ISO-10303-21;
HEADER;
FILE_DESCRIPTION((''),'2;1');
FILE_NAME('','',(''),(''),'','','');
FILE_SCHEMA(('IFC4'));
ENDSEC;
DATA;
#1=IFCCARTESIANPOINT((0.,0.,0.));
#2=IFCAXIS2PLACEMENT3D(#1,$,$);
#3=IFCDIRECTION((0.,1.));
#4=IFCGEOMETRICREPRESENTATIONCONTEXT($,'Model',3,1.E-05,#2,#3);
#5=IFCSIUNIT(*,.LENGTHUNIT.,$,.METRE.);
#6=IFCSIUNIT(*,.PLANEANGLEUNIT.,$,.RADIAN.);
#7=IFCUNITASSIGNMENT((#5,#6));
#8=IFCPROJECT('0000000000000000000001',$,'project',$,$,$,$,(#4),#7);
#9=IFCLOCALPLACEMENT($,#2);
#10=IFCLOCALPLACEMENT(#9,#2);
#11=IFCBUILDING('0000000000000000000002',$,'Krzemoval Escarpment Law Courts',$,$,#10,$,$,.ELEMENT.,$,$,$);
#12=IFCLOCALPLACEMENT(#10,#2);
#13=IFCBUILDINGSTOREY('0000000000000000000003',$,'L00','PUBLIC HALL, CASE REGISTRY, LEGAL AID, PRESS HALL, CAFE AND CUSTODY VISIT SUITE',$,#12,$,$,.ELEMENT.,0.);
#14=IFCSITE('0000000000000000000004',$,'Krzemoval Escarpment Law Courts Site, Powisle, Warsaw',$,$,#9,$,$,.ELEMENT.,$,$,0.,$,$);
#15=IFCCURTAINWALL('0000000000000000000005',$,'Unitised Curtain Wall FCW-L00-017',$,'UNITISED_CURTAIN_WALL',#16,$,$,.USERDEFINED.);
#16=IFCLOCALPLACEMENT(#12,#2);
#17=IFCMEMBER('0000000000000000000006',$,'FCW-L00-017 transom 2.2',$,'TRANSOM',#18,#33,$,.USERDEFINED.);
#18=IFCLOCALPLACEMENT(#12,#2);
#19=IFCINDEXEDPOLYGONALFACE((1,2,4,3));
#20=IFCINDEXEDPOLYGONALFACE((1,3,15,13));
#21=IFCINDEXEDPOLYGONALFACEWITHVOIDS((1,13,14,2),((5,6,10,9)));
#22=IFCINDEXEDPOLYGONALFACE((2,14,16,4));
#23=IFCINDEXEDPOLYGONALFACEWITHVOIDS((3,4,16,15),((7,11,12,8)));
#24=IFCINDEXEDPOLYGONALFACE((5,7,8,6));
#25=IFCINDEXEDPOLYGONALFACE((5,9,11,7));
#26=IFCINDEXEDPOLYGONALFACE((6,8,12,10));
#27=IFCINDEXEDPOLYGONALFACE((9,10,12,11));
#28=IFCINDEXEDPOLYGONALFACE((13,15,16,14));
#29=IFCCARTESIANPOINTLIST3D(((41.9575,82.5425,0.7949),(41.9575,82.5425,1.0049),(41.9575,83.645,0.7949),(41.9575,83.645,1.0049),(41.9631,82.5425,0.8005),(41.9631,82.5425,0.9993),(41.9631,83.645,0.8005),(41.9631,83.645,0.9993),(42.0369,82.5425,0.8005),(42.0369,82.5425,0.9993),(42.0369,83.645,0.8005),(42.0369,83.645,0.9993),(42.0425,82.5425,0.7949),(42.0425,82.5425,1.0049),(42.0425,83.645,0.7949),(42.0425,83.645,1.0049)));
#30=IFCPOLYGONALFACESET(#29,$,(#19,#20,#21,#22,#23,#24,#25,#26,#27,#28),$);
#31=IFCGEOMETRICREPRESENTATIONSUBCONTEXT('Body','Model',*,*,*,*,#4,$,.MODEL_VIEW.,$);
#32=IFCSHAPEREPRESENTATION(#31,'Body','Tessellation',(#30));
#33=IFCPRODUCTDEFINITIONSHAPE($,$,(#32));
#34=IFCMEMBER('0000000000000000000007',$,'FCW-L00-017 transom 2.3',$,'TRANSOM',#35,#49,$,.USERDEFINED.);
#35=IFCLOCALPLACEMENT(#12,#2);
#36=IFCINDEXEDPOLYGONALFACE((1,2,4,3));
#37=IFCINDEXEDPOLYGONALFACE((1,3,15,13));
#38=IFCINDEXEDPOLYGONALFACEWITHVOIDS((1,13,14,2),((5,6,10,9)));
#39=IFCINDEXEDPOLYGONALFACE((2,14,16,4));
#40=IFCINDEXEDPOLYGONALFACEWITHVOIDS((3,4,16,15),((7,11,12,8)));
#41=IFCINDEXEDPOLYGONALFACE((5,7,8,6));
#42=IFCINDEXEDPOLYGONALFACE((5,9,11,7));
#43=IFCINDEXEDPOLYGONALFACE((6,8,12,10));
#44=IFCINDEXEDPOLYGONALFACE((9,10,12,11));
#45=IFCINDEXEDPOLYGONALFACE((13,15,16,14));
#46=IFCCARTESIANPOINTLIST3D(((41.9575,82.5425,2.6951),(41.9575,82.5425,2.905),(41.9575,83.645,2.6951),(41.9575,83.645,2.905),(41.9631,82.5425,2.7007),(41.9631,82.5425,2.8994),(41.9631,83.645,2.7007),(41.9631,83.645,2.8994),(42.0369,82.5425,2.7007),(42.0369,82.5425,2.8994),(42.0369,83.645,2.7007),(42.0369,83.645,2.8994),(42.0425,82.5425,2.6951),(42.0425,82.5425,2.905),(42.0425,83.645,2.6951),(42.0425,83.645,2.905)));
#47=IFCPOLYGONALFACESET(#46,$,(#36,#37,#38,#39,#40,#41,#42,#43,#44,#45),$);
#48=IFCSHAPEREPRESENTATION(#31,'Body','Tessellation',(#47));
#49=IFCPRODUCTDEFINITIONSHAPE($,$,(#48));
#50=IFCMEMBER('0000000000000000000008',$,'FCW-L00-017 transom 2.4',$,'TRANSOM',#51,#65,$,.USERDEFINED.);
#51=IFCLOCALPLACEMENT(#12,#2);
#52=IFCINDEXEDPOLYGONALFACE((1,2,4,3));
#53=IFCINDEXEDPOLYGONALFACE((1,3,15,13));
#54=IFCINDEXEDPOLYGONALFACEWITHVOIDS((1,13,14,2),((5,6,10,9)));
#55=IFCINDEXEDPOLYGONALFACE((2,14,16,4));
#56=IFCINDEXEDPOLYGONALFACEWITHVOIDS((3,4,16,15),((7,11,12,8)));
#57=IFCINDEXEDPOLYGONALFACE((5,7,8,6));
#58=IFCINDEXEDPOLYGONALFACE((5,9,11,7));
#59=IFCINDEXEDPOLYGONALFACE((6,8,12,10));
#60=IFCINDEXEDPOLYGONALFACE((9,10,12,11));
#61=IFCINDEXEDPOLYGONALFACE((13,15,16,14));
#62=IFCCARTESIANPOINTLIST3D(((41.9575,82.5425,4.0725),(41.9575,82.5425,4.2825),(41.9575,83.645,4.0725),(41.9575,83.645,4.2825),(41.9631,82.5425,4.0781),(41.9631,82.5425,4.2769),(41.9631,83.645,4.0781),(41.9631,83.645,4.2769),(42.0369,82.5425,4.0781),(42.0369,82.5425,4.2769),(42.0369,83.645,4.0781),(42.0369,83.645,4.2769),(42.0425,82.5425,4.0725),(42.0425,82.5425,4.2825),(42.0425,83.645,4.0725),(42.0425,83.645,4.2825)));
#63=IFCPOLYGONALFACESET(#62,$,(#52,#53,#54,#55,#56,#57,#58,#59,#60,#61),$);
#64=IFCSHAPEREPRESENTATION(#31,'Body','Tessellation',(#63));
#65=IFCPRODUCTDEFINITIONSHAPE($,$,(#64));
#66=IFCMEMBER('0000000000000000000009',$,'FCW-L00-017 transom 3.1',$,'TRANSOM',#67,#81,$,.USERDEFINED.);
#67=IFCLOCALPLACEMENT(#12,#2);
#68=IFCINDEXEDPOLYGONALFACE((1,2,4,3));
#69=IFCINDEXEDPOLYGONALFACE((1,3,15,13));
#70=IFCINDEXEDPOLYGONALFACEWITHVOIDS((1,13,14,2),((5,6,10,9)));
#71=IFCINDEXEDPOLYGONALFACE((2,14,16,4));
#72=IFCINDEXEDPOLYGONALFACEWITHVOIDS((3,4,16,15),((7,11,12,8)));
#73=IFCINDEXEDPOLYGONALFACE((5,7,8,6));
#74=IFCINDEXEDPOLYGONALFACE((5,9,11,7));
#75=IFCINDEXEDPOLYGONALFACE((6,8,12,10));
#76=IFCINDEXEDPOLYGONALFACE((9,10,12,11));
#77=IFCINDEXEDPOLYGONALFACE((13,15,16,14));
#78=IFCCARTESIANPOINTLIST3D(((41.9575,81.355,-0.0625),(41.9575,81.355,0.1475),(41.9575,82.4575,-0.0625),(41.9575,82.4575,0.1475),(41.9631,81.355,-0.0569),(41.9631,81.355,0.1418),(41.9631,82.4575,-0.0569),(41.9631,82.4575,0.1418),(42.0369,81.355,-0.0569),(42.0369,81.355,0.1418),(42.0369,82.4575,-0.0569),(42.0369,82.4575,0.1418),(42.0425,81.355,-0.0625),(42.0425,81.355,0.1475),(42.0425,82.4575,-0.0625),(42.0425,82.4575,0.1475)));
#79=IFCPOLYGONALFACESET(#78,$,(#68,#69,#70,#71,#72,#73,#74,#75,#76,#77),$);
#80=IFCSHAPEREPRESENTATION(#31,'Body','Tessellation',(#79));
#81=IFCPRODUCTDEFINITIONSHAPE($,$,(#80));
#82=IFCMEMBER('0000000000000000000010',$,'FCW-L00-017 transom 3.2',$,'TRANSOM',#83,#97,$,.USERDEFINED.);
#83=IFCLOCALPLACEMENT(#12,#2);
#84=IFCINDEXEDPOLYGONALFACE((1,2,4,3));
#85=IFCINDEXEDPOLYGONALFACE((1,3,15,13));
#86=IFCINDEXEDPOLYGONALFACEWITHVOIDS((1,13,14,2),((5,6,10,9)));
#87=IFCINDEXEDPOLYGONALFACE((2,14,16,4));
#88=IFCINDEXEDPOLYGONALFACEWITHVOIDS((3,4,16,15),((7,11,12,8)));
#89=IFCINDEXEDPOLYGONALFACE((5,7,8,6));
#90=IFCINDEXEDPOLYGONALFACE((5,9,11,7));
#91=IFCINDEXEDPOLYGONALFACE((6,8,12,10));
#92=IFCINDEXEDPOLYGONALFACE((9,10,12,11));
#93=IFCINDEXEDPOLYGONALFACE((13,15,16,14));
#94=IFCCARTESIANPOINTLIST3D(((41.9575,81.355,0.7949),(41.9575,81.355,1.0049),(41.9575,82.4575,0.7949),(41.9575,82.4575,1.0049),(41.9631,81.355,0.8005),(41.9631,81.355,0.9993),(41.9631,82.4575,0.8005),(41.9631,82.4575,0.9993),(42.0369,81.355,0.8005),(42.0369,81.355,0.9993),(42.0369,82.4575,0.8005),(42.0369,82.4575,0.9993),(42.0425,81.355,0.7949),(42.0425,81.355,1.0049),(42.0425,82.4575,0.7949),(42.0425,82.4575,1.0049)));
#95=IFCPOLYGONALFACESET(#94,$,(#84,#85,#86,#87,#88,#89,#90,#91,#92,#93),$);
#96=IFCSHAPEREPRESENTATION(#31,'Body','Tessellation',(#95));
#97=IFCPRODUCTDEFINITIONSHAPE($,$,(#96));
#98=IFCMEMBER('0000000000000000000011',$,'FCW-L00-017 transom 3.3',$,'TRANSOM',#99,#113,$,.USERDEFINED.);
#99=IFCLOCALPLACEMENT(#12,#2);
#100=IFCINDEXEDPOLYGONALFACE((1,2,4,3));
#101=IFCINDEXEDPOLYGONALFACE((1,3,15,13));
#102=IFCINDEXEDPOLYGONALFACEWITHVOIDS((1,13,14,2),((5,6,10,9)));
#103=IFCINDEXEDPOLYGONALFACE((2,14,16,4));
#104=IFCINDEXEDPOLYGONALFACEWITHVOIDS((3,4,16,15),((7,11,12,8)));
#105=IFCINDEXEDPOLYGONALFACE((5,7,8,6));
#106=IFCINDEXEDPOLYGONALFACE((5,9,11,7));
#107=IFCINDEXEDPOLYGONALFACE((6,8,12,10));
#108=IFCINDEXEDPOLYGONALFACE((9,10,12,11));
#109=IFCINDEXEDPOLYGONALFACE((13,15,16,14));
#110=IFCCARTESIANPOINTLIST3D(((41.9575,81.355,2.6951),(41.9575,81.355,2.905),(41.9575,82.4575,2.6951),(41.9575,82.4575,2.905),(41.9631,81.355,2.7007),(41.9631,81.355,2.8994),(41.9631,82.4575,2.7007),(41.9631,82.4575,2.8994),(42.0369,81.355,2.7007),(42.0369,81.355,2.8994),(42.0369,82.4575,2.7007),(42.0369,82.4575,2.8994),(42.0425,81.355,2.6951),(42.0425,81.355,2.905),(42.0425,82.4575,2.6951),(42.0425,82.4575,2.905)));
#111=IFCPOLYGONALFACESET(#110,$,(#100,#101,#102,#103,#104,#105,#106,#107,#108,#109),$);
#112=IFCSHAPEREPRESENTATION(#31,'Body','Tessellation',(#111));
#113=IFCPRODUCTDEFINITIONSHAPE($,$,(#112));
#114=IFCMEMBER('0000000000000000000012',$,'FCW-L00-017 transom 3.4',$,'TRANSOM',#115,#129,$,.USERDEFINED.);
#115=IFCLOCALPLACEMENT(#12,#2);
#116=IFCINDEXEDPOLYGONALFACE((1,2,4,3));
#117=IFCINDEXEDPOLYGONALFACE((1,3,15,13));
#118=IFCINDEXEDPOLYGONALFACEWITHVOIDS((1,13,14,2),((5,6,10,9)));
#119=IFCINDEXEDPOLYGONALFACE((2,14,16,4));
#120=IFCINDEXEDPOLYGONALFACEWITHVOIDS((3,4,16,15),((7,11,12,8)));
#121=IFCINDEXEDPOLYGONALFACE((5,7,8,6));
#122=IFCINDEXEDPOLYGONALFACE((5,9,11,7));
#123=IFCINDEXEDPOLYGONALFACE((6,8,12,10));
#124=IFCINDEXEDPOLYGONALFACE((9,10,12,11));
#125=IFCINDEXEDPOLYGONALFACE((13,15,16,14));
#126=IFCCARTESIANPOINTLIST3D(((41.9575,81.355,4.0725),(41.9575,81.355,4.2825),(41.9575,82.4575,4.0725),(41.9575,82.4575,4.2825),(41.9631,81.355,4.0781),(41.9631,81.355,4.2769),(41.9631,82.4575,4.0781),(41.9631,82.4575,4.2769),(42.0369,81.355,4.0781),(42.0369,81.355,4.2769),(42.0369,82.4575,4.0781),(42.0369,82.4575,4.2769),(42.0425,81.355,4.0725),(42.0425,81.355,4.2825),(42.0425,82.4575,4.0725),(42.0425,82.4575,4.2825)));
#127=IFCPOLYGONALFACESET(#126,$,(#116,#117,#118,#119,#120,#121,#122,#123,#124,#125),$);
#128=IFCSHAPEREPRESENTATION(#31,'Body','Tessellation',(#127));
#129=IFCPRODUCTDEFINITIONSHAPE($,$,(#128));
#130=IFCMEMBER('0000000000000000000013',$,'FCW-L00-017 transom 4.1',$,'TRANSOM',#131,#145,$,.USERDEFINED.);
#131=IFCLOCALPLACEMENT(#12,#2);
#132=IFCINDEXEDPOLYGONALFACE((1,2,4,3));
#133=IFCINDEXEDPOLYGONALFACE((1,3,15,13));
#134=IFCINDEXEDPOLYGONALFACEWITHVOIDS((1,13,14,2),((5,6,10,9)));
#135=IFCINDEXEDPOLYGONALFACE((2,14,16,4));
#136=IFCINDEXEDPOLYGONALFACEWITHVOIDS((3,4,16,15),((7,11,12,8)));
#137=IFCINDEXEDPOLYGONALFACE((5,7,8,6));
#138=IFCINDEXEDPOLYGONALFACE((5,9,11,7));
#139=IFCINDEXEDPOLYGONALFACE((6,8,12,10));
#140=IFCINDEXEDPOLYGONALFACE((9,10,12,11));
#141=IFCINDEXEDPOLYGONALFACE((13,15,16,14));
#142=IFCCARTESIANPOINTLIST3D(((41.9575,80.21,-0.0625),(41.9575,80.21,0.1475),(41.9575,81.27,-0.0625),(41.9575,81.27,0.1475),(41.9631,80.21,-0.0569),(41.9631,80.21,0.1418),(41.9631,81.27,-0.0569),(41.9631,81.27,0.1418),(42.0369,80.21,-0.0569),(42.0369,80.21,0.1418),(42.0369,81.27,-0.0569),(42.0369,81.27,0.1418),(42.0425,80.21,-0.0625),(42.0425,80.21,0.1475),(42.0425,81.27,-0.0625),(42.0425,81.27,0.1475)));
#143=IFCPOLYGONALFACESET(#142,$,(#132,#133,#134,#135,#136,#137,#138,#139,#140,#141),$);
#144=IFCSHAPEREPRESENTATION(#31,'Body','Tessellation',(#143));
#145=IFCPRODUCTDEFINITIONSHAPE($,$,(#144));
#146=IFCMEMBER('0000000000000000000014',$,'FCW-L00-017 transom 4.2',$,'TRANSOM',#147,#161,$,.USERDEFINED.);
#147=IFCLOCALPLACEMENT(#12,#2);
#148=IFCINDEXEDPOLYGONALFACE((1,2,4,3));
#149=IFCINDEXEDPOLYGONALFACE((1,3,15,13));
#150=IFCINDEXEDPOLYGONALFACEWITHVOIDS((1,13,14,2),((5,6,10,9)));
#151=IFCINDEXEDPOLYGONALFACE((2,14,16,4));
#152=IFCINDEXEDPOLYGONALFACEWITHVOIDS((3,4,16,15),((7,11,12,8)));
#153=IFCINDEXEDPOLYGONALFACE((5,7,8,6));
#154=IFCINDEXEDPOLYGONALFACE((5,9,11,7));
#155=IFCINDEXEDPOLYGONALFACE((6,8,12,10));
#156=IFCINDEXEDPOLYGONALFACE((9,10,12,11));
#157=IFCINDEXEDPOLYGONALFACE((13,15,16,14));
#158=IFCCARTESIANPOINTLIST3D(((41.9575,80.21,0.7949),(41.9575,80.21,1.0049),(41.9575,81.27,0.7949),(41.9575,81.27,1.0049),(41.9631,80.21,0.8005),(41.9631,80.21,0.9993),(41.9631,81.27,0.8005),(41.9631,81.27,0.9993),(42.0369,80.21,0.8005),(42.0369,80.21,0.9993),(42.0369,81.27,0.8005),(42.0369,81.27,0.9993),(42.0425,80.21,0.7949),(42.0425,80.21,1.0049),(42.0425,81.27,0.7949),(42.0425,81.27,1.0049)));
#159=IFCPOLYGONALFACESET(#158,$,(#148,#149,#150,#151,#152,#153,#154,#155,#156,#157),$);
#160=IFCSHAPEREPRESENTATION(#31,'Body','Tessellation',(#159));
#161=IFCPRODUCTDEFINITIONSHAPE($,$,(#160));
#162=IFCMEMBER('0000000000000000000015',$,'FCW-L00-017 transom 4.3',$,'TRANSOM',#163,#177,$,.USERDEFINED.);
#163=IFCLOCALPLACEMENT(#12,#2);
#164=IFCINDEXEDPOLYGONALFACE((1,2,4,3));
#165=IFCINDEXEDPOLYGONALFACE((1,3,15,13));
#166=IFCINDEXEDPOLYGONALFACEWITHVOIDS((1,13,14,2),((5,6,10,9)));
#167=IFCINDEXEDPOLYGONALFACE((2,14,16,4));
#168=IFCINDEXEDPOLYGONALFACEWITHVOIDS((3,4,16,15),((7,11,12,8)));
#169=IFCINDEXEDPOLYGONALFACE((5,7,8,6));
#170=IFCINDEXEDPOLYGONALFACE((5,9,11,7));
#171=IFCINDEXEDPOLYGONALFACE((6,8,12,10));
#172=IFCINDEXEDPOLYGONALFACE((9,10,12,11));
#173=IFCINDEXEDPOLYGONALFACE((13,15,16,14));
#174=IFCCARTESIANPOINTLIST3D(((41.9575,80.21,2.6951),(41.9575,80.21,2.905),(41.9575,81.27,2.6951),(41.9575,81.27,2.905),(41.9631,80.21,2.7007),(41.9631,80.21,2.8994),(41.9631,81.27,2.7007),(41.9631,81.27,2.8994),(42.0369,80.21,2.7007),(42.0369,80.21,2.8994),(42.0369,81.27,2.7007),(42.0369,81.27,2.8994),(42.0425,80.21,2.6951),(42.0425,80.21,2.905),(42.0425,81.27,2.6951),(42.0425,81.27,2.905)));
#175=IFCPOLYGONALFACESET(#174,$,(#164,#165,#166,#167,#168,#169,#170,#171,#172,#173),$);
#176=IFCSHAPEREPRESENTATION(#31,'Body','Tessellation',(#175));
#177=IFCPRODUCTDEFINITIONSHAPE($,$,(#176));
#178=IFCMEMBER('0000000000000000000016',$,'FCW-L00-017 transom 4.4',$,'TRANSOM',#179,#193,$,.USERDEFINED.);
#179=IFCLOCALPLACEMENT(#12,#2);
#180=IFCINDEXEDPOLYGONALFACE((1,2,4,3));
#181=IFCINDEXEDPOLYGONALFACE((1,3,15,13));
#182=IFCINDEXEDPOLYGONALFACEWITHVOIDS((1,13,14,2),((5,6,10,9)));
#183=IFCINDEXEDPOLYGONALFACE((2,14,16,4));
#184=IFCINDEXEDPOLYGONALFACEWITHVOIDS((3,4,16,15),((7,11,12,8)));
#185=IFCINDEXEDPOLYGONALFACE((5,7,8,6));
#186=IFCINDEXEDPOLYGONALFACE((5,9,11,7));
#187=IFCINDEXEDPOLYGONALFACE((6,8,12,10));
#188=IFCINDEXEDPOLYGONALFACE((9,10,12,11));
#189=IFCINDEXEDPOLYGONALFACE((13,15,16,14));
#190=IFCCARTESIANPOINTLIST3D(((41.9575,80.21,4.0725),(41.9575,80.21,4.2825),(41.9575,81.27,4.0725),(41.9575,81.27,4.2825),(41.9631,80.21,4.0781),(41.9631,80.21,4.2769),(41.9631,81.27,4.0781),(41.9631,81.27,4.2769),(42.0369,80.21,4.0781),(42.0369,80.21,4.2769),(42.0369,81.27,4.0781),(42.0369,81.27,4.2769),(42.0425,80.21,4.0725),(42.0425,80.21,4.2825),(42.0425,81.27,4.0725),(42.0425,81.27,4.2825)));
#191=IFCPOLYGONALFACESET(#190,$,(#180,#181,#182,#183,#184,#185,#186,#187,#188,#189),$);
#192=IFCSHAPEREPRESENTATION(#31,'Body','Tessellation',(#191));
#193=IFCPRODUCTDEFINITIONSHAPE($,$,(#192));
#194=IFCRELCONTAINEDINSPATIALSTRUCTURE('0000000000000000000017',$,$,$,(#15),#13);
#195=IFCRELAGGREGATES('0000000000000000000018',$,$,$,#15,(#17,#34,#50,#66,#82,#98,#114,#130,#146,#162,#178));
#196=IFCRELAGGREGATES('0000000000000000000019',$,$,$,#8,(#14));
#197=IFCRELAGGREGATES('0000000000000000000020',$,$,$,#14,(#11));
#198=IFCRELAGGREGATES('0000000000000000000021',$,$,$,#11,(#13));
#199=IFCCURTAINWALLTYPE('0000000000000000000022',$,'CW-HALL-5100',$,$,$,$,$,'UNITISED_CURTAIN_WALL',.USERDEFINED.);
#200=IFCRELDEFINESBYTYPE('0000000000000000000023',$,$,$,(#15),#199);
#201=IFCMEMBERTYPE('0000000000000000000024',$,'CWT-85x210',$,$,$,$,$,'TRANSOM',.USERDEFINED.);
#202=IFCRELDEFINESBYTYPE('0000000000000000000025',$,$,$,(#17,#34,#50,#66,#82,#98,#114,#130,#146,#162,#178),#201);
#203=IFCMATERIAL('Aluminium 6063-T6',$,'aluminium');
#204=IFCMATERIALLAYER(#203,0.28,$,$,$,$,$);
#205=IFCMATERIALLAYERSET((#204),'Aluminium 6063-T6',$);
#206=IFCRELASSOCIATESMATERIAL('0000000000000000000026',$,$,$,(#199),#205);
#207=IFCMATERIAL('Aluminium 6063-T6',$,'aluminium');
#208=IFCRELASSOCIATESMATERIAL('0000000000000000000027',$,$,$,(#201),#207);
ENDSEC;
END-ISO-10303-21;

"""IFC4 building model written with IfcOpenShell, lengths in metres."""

from ifc_helpers import new_model, si_unit, direction, frame, origin, origin_2d, place, context, subcontext, project, spatial, hollow_rectangle, extrude, material, layer, layer_set, material_profile, profile_set, type_object, element, aggregate, save


model = new_model("IFC4")

# Units and contexts
model_context = context("Model", 3, precision=1e-05, world=origin(), true_north=direction((0.0, 1.0)))
body_context = subcontext(model_context, "Body", "Model", "MODEL_VIEW")
ifc_project = project(units=[si_unit("LENGTHUNIT", "METRE"), si_unit("PLANEANGLEUNIT", "RADIAN")], contexts=[model_context])

# Site, building, storey
site_placement = place(None, origin())
site = spatial("IfcSite", under=ifc_project, at=site_placement, Name="Krzemoval Escarpment Law Courts Site, Powisle, Warsaw", CompositionType="ELEMENT", RefElevation=0.0)
building_placement = place(site_placement, origin())
building = spatial("IfcBuilding", under=site, at=building_placement, Name="Krzemoval Escarpment Law Courts", CompositionType="ELEMENT")
storey_placement = place(building_placement, origin())
storey = spatial("IfcBuildingStorey", under=building, at=storey_placement, Name="L00", Description="PUBLIC HALL, CASE REGISTRY, LEGAL AID, PRESS HALL, CAFE AND CUSTODY VISIT SUITE", CompositionType="ELEMENT", Elevation=0.0)

# Shared definitions
ifc_material_1 = material(Name="Aluminium 6063-T6", Category="aluminium")
ifc_layer_1 = layer(ifc_material_1, 0.28)
ifc_layer_set_1 = layer_set([ifc_layer_1], Name="Aluminium 6063-T6")
curtain_wall_type = type_object("IfcCurtainWallType", Name="CW-HALL-5100", ElementType="UNITISED_CURTAIN_WALL", PredefinedType="USERDEFINED", material=ifc_layer_set_1)

# Curtain wall, members
curtain_wall_1_placement = place(storey_placement, origin())
curtain_wall_1 = element("IfcCurtainWall", 1, at=curtain_wall_1_placement, inside=storey, type_object=curtain_wall_type, Name="Unitised Curtain Wall FCW-L00-017", ObjectType="UNITISED_CURTAIN_WALL", PredefinedType="USERDEFINED")
ifc_material_2 = material(Name="Aluminium 6063-T6", Category="aluminium")
ifc_material_profile_1 = material_profile(ifc_material_2, hollow_rectangle(XDim=0.085, YDim=0.21, WallThickness=0.0056, at=origin_2d()), Name="ALU T85x210")
ifc_profile_set_1 = profile_set([ifc_material_profile_1], Name="Aluminium 6063-T6")
member_type_1 = type_object("IfcMemberType", Name="CWT-85x210", ElementType="TRANSOM", PredefinedType="USERDEFINED", material=ifc_profile_set_1)
member_1_placement = place(storey_placement, frame((42.0, 83.645, 0.8999), z_axis=(0.0, -1.0, 0.0), x_axis=(1.0, 0.0, 0.0)))
member_1 = element("IfcMember", 2, at=member_1_placement, type_object=member_type_1, Name="FCW-L00-017 transom 2.2", ObjectType="TRANSOM", PredefinedType="USERDEFINED", context=body_context, shape_type="SweptSolid", body=[
    extrude(hollow_rectangle(XDim=0.085, YDim=0.21, WallThickness=0.0056, at=origin_2d()), origin(), (0.0, 0.0, 1.0), 1.1025),
])
member_2_placement = place(storey_placement, frame((42.0, 83.645, 2.8), z_axis=(0.0, -1.0, 0.0), x_axis=(1.0, 0.0, 0.0)))
member_2 = element("IfcMember", 3, at=member_2_placement, type_object=member_type_1, Name="FCW-L00-017 transom 2.3", ObjectType="TRANSOM", PredefinedType="USERDEFINED", context=body_context, shape_type="SweptSolid", body=[
    extrude(hollow_rectangle(XDim=0.085, YDim=0.21, WallThickness=0.0056, at=origin_2d()), origin(), (0.0, 0.0, 1.0), 1.1025),
])
member_3_placement = place(storey_placement, frame((42.0, 83.645, 4.1775), z_axis=(0.0, -1.0, 0.0), x_axis=(1.0, 0.0, 0.0)))
member_3 = element("IfcMember", 4, at=member_3_placement, type_object=member_type_1, Name="FCW-L00-017 transom 2.4", ObjectType="TRANSOM", PredefinedType="USERDEFINED", context=body_context, shape_type="SweptSolid", body=[
    extrude(hollow_rectangle(XDim=0.085, YDim=0.21, WallThickness=0.0056, at=origin_2d()), origin(), (0.0, 0.0, 1.0), 1.1025),
])
member_4_placement = place(storey_placement, frame((42.0, 82.4575, 0.0425), z_axis=(0.0, -1.0, 0.0), x_axis=(1.0, 0.0, 0.0)))
member_4 = element("IfcMember", 5, at=member_4_placement, type_object=member_type_1, Name="FCW-L00-017 transom 3.1", ObjectType="TRANSOM", PredefinedType="USERDEFINED", context=body_context, shape_type="SweptSolid", body=[
    extrude(hollow_rectangle(XDim=0.085, YDim=0.21, WallThickness=0.0056, at=origin_2d()), origin(), (0.0, 0.0, 1.0), 1.1025),
])
member_5_placement = place(storey_placement, frame((42.0, 82.4575, 0.8999), z_axis=(0.0, -1.0, 0.0), x_axis=(1.0, 0.0, 0.0)))
member_5 = element("IfcMember", 6, at=member_5_placement, type_object=member_type_1, Name="FCW-L00-017 transom 3.2", ObjectType="TRANSOM", PredefinedType="USERDEFINED", context=body_context, shape_type="SweptSolid", body=[
    extrude(hollow_rectangle(XDim=0.085, YDim=0.21, WallThickness=0.0056, at=origin_2d()), origin(), (0.0, 0.0, 1.0), 1.1025),
])
member_6_placement = place(storey_placement, frame((42.0, 82.4575, 2.8), z_axis=(0.0, -1.0, 0.0), x_axis=(1.0, 0.0, 0.0)))
member_6 = element("IfcMember", 7, at=member_6_placement, type_object=member_type_1, Name="FCW-L00-017 transom 3.3", ObjectType="TRANSOM", PredefinedType="USERDEFINED", context=body_context, shape_type="SweptSolid", body=[
    extrude(hollow_rectangle(XDim=0.085, YDim=0.21, WallThickness=0.0056, at=origin_2d()), origin(), (0.0, 0.0, 1.0), 1.1025),
])
member_7_placement = place(storey_placement, frame((42.0, 82.4575, 4.1775), z_axis=(0.0, -1.0, 0.0), x_axis=(1.0, 0.0, 0.0)))
member_7 = element("IfcMember", 8, at=member_7_placement, type_object=member_type_1, Name="FCW-L00-017 transom 3.4", ObjectType="TRANSOM", PredefinedType="USERDEFINED", context=body_context, shape_type="SweptSolid", body=[
    extrude(hollow_rectangle(XDim=0.085, YDim=0.21, WallThickness=0.0056, at=origin_2d()), origin(), (0.0, 0.0, 1.0), 1.1025),
])
member_8_placement = place(storey_placement, frame((42.0, 81.27, 0.0425), z_axis=(0.0, -1.0, 0.0), x_axis=(1.0, 0.0, 0.0)))
member_8 = element("IfcMember", 9, at=member_8_placement, type_object=member_type_1, Name="FCW-L00-017 transom 4.1", ObjectType="TRANSOM", PredefinedType="USERDEFINED", context=body_context, shape_type="SweptSolid", body=[
    extrude(hollow_rectangle(XDim=0.085, YDim=0.21, WallThickness=0.0056, at=origin_2d()), origin(), (0.0, 0.0, 1.0), 1.0601),
])
member_9_placement = place(storey_placement, frame((42.0, 81.27, 0.8999), z_axis=(0.0, -1.0, 0.0), x_axis=(1.0, 0.0, 0.0)))
member_9 = element("IfcMember", 10, at=member_9_placement, type_object=member_type_1, Name="FCW-L00-017 transom 4.2", ObjectType="TRANSOM", PredefinedType="USERDEFINED", context=body_context, shape_type="SweptSolid", body=[
    extrude(hollow_rectangle(XDim=0.085, YDim=0.21, WallThickness=0.0056, at=origin_2d()), origin(), (0.0, 0.0, 1.0), 1.0601),
])
member_10_placement = place(storey_placement, frame((42.0, 81.27, 2.8), z_axis=(0.0, -1.0, 0.0), x_axis=(1.0, 0.0, 0.0)))
member_10 = element("IfcMember", 11, at=member_10_placement, type_object=member_type_1, Name="FCW-L00-017 transom 4.3", ObjectType="TRANSOM", PredefinedType="USERDEFINED", context=body_context, shape_type="SweptSolid", body=[
    extrude(hollow_rectangle(XDim=0.085, YDim=0.21, WallThickness=0.0056, at=origin_2d()), origin(), (0.0, 0.0, 1.0), 1.0601),
])
member_11_placement = place(storey_placement, frame((42.0, 81.27, 4.1775), z_axis=(0.0, -1.0, 0.0), x_axis=(1.0, 0.0, 0.0)))
member_11 = element("IfcMember", 12, at=member_11_placement, type_object=member_type_1, Name="FCW-L00-017 transom 4.4", ObjectType="TRANSOM", PredefinedType="USERDEFINED", context=body_context, shape_type="SweptSolid", body=[
    extrude(hollow_rectangle(XDim=0.085, YDim=0.21, WallThickness=0.0056, at=origin_2d()), origin(), (0.0, 0.0, 1.0), 1.0601),
])

aggregate(curtain_wall_1, [member_1, member_2, member_3, member_4, member_5, member_6, member_7, member_8, member_9, member_10, member_11])

save(model, "model.ifc")
